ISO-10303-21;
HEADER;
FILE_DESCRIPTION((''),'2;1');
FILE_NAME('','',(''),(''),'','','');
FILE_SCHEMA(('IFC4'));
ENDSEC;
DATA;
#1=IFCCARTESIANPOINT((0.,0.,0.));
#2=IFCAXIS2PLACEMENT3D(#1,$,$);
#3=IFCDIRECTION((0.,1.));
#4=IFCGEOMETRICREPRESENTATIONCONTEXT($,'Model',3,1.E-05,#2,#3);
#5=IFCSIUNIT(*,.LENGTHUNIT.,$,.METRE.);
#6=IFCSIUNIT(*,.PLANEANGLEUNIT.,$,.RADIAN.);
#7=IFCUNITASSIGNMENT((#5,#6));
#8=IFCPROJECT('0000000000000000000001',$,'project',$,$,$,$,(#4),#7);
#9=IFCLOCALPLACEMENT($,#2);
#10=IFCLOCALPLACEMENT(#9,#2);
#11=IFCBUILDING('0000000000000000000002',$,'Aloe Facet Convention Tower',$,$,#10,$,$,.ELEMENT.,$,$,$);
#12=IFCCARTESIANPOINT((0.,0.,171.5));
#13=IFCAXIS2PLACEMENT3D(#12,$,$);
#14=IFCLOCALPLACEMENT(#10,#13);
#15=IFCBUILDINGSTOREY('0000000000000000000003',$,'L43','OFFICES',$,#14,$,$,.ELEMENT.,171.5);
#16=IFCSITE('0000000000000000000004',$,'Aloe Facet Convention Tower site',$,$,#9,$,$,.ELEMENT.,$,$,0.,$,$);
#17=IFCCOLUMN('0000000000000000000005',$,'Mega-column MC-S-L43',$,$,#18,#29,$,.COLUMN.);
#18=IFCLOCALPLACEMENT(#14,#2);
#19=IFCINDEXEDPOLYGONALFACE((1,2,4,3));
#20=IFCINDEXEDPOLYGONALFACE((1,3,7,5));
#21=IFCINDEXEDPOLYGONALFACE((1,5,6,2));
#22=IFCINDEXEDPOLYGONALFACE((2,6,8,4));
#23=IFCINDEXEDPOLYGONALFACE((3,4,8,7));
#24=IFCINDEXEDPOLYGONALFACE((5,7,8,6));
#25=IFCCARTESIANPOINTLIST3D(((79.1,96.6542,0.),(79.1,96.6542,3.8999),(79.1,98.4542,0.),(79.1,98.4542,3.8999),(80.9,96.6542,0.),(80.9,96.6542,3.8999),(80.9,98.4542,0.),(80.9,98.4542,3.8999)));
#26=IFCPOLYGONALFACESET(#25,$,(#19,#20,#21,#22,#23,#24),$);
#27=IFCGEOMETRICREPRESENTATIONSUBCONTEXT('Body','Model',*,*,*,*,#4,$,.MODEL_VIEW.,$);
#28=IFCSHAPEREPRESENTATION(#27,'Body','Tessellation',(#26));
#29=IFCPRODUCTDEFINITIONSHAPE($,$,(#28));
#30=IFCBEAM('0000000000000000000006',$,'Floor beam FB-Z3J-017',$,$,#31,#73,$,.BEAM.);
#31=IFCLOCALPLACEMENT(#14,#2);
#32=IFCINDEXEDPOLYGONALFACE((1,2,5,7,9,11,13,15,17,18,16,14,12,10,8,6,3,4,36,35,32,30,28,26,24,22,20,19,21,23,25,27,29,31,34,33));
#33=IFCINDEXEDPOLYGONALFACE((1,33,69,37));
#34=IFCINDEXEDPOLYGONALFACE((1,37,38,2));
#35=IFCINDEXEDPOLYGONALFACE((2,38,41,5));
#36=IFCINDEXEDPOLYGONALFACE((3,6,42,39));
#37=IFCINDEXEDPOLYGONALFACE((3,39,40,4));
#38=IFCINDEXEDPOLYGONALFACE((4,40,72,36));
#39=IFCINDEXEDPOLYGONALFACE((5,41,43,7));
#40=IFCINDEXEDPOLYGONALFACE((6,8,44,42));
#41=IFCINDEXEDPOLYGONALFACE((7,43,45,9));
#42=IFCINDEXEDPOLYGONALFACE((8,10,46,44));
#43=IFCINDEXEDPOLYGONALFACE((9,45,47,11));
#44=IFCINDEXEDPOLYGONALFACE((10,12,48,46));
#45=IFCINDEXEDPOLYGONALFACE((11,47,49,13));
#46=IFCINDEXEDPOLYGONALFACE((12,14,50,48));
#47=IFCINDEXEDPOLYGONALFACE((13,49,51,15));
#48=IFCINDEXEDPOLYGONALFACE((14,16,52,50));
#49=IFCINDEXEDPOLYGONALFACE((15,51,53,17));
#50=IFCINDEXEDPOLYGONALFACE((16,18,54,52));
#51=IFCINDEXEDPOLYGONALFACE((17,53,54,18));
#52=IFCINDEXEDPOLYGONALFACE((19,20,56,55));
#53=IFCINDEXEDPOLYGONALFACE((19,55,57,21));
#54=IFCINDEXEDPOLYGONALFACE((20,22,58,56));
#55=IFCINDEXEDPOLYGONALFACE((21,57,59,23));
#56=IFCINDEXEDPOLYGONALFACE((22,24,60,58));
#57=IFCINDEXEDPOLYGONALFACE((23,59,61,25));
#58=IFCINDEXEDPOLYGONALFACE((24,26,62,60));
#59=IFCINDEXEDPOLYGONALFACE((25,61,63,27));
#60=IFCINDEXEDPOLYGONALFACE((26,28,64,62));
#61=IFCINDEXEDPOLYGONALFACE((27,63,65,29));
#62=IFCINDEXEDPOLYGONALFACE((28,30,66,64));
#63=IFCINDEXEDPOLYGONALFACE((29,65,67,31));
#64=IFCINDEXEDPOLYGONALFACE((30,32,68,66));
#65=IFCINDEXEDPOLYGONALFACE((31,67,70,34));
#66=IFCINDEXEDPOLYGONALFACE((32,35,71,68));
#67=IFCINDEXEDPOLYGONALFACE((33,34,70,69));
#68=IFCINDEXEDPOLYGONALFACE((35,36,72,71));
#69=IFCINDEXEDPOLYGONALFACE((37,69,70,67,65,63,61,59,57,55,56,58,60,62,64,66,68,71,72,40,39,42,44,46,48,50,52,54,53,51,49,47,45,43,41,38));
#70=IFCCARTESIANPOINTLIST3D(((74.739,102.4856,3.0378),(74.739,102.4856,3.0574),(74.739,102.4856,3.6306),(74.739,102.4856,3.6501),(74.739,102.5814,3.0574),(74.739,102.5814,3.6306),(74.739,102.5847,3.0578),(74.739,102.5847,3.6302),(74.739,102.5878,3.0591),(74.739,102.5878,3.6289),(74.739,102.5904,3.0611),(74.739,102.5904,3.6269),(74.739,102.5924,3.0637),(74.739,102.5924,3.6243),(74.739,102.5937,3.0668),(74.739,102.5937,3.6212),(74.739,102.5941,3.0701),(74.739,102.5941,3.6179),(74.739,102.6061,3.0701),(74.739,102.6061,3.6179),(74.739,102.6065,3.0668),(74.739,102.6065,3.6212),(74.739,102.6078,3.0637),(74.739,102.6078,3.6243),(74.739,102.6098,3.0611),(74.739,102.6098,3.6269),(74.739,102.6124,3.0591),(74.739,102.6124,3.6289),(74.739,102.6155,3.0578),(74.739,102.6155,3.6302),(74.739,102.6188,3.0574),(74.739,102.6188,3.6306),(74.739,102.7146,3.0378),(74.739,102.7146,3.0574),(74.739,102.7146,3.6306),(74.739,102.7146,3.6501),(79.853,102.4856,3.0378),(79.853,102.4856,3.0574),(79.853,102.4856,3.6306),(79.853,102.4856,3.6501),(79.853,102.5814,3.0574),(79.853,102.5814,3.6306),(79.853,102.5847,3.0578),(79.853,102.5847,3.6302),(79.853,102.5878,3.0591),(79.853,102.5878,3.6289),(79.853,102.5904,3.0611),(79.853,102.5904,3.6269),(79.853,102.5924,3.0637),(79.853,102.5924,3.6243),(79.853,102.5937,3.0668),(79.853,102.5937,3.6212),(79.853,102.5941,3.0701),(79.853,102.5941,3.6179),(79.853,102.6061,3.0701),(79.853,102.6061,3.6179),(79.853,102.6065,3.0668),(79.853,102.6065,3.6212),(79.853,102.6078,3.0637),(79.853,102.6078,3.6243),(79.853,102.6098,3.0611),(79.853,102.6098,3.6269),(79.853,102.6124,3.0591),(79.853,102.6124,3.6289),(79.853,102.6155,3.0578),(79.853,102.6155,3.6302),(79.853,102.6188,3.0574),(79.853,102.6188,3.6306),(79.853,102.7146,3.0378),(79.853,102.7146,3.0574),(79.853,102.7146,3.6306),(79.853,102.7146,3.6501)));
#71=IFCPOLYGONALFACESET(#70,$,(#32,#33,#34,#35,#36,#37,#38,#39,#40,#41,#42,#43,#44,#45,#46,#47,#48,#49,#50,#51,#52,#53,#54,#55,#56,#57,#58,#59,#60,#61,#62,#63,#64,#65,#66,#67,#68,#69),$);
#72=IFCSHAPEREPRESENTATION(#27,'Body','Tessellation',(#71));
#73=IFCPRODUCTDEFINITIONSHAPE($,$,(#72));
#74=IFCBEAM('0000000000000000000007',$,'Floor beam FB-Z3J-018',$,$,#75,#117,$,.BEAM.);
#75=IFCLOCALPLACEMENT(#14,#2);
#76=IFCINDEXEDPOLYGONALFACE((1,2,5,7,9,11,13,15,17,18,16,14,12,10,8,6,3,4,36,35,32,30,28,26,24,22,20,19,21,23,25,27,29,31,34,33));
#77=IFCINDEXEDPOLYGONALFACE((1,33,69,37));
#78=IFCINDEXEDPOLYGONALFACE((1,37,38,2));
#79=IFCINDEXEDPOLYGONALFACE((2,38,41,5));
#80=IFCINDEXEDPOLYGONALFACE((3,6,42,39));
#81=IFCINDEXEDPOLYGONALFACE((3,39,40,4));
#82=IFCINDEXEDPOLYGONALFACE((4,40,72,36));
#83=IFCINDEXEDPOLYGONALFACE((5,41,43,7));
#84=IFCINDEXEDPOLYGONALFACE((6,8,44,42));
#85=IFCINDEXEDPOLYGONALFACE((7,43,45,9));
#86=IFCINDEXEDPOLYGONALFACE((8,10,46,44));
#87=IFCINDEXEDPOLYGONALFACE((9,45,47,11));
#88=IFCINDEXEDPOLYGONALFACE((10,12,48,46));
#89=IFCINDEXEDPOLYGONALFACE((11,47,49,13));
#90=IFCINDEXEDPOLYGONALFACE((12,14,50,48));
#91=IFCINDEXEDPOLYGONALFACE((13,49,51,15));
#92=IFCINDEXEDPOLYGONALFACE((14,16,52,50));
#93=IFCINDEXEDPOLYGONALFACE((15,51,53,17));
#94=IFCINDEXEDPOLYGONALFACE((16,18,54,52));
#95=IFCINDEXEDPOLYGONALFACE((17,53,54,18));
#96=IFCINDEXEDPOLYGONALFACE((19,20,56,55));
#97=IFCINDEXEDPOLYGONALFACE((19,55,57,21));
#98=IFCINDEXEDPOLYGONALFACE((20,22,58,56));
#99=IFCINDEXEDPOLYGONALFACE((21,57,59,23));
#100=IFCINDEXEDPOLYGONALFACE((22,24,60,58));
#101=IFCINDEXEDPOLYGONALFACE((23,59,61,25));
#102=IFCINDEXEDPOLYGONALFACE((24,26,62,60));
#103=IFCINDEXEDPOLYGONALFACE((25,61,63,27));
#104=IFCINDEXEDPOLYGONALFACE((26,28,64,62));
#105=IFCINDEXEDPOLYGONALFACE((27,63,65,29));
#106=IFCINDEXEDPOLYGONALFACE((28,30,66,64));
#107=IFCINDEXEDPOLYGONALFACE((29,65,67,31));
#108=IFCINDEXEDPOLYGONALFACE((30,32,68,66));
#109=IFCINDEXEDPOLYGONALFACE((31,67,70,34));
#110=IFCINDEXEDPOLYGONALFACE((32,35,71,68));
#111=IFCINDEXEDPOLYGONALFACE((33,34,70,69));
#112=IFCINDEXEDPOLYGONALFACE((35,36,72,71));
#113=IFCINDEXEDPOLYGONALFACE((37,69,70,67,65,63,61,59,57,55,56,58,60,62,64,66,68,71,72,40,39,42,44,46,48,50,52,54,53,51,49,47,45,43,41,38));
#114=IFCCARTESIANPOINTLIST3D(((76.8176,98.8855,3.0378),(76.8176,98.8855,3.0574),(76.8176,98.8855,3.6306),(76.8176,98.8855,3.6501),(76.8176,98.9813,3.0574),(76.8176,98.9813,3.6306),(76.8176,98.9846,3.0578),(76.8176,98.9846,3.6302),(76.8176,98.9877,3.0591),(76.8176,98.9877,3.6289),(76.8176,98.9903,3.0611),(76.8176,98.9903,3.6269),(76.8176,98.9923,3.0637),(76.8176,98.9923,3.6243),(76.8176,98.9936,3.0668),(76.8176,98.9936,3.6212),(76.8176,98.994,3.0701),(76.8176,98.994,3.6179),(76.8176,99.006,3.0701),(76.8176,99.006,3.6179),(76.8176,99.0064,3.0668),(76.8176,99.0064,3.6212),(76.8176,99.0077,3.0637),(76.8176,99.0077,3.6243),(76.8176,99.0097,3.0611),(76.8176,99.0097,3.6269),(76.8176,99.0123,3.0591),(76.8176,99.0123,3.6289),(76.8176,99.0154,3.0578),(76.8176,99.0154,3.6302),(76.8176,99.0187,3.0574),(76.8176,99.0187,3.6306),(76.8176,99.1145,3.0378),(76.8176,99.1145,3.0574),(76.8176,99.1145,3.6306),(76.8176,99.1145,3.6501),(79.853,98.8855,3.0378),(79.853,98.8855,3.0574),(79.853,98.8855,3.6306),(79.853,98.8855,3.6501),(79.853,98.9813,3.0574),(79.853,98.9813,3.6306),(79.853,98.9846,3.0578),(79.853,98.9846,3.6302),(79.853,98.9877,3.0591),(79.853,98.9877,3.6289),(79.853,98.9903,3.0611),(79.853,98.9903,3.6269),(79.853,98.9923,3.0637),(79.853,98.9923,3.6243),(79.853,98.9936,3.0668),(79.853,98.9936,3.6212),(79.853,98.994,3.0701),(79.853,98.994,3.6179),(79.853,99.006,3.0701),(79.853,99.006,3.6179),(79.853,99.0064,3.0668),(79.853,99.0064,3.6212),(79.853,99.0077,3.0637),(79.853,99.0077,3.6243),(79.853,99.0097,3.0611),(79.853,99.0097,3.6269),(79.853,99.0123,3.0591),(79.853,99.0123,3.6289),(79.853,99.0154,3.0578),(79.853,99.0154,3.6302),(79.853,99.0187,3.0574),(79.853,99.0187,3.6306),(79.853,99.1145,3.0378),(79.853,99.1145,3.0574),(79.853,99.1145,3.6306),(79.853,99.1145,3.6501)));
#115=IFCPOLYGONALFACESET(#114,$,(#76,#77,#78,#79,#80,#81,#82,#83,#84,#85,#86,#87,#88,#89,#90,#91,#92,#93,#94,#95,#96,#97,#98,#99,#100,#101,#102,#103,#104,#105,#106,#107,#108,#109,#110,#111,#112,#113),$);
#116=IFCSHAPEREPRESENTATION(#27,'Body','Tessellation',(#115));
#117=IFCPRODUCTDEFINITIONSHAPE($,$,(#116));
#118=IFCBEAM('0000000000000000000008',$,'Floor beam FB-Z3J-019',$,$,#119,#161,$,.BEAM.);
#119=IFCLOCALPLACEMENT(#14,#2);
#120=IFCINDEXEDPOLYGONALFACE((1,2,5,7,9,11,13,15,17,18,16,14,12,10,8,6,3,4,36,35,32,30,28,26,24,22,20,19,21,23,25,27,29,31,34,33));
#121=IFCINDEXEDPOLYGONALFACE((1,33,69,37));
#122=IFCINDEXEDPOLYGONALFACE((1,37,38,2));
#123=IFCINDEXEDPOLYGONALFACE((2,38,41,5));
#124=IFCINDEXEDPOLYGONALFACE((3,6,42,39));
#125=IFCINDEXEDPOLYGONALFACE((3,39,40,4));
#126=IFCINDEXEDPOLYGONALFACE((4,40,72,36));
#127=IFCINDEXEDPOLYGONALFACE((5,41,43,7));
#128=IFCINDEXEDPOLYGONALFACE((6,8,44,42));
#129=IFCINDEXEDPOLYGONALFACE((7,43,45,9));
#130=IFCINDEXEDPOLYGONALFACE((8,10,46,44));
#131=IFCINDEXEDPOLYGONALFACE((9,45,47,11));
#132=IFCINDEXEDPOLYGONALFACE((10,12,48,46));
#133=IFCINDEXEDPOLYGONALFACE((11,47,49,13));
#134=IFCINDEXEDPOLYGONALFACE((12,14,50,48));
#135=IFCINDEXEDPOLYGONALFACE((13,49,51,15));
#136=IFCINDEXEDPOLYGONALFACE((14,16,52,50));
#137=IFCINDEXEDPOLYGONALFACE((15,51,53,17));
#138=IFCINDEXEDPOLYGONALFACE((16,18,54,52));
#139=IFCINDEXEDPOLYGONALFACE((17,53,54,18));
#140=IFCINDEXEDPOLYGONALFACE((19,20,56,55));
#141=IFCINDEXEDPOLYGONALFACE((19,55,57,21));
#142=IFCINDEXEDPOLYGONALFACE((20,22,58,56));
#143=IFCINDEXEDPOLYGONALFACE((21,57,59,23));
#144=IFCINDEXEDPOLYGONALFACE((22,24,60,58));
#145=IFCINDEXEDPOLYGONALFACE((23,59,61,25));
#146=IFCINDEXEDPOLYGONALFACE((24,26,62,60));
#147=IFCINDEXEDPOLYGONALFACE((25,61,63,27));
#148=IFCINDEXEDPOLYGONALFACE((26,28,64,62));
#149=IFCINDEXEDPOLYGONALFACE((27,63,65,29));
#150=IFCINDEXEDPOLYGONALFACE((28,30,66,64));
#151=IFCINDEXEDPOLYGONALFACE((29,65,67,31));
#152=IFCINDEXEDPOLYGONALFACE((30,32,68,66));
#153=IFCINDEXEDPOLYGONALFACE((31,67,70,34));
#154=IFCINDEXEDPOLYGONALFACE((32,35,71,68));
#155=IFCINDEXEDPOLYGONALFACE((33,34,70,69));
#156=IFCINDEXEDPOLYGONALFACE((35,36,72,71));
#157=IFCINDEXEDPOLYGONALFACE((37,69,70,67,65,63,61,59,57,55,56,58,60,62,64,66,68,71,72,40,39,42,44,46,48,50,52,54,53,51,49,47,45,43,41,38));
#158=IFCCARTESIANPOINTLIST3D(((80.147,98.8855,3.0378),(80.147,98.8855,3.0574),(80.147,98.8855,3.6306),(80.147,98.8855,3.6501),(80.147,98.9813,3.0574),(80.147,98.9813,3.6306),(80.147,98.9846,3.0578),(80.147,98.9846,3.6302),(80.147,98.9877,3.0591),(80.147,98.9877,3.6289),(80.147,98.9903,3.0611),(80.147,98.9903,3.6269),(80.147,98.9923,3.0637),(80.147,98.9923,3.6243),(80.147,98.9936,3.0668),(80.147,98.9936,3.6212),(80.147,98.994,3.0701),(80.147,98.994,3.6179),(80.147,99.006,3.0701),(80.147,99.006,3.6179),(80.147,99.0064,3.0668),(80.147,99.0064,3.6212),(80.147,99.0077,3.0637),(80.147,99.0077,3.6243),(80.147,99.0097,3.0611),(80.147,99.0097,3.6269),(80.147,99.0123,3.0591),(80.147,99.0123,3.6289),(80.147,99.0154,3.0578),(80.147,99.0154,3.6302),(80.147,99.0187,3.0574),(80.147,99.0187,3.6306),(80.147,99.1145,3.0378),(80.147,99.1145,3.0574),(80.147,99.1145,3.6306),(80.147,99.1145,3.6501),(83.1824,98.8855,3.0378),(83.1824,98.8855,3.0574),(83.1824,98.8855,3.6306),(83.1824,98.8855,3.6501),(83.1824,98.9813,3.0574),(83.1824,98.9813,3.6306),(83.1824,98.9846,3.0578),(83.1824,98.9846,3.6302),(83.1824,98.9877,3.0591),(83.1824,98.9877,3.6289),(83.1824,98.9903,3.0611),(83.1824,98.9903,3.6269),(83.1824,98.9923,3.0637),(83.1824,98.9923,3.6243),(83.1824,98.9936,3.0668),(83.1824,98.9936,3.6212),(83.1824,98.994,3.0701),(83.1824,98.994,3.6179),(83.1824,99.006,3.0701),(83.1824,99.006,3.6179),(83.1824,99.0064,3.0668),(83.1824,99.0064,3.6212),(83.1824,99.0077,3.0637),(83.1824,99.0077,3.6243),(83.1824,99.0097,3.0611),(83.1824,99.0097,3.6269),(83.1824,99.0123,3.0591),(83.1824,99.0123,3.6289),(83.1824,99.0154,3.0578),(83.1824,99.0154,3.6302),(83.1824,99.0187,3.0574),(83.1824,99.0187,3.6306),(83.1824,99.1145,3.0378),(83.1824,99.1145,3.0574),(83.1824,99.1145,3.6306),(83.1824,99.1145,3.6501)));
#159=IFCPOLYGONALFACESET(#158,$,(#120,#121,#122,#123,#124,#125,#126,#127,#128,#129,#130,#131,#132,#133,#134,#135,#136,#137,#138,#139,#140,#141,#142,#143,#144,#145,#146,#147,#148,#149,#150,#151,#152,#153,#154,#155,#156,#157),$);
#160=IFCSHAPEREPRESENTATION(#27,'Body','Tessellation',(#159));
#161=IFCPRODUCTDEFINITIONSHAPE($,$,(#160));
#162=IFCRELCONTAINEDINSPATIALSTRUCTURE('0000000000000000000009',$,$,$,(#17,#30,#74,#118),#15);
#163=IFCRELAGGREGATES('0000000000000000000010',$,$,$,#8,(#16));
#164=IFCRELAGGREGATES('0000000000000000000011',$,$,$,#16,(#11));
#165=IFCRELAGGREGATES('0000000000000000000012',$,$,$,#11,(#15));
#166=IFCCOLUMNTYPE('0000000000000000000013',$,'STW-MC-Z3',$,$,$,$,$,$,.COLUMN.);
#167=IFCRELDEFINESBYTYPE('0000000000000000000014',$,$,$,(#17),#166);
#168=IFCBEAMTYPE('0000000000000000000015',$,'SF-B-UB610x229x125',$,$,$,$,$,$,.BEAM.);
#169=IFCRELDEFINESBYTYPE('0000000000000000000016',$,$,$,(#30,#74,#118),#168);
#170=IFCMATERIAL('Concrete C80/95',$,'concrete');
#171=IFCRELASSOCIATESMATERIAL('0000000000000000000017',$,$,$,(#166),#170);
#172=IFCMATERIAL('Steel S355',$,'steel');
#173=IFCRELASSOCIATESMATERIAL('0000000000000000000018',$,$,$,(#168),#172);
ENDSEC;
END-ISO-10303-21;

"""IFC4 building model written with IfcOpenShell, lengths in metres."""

from ifc_helpers import new_model, si_unit, direction, frame, origin, origin_2d, place, context, subcontext, project, spatial, rectangle, i_section, extrude, material, material_profile, profile_set, type_object, element, save


model = new_model("IFC4")

# Units and contexts
model_context = context("Model", 3, precision=1e-05, world=origin(), true_north=direction((0.0, 1.0)))
body_context = subcontext(model_context, "Body", "Model", "MODEL_VIEW")
ifc_project = project(units=[si_unit("LENGTHUNIT", "METRE"), si_unit("PLANEANGLEUNIT", "RADIAN")], contexts=[model_context])

# Site, building, storey
site_placement = place(None, origin())
site = spatial("IfcSite", under=ifc_project, at=site_placement, Name="Aloe Facet Convention Tower site", CompositionType="ELEMENT", RefElevation=0.0)
building_placement = place(site_placement, origin())
building = spatial("IfcBuilding", under=site, at=building_placement, Name="Aloe Facet Convention Tower", CompositionType="ELEMENT")
storey_placement = place(building_placement, frame((0.0, 0.0, 171.5)))
storey = spatial("IfcBuildingStorey", under=building, at=storey_placement, Name="L43", Description="OFFICES", CompositionType="ELEMENT", Elevation=171.5)

# Column
ifc_material_1 = material(Name="Concrete C80/95", Category="concrete")
ifc_material_profile_1 = material_profile(ifc_material_1, rectangle(XDim=1.8, YDim=1.8, at=origin_2d()), Name="STW-MC-Z3")
ifc_profile_set_1 = profile_set([ifc_material_profile_1], Name="Concrete C80/95")
column_type = type_object("IfcColumnType", Name="STW-MC-Z3", PredefinedType="COLUMN", material=ifc_profile_set_1)
column_placement = place(storey_placement, frame((80.0, 97.5542, 0.0), z_axis=(0.0, 0.0, 1.0), x_axis=(1.0, 0.0, 0.0)))
element("IfcColumn", 1, at=column_placement, inside=storey, type_object=column_type, Name="Mega-column MC-S-L43", PredefinedType="COLUMN", context=body_context, shape_type="SweptSolid", body=[
    extrude(rectangle(XDim=1.8, YDim=1.8, at=origin_2d()), origin(), (0.0, 0.0, 1.0), 3.8999),
])

# Beams
ifc_material_2 = material(Name="Steel S355", Category="steel")
ifc_material_profile_2 = material_profile(ifc_material_2, i_section(OverallWidth=0.229, OverallDepth=0.6123, WebThickness=0.012, FlangeThickness=0.0195, FilletRadius=0.0127, at=origin_2d()), Name="UB 610x229x125")
ifc_profile_set_2 = profile_set([ifc_material_profile_2], Name="Steel S355")
beam_type = type_object("IfcBeamType", Name="SF-B-UB610x229x125", PredefinedType="BEAM", material=ifc_profile_set_2)
beam_placement = place(storey_placement, frame((74.739, 102.6001, 3.344), z_axis=(1.0, 0.0, 0.0), x_axis=(0.0, 1.0, 0.0)))
element("IfcBeam", 2, at=beam_placement, inside=storey, type_object=beam_type, Name="Floor beam FB-Z3J-017", PredefinedType="BEAM", context=body_context, shape_type="SweptSolid", body=[
    extrude(i_section(OverallWidth=0.229, OverallDepth=0.6123, WebThickness=0.012, FlangeThickness=0.0195, FilletRadius=0.0127, at=origin_2d()), origin(), (0.0, 0.0, 1.0), 5.114),
])
for number, where, z_axis, x_axis, name in (
    (3, (76.8176, 99.0, 3.344), (1.0, 0.0, 0.0), (0.0, 1.0, 0.0), "Floor beam FB-Z3J-018"),
    (4, (80.147, 99.0, 3.344), (1.0, 0.0, 0.0), (0.0, 1.0, 0.0), "Floor beam FB-Z3J-019"),
):
    element("IfcBeam", number, at=place(storey_placement, frame(where, z_axis=z_axis, x_axis=x_axis)), inside=storey, type_object=beam_type, Name=name, PredefinedType="BEAM", context=body_context, shape_type="SweptSolid", body=[
        extrude(i_section(OverallWidth=0.229, OverallDepth=0.6123, WebThickness=0.012, FlangeThickness=0.0195, FilletRadius=0.0127, at=origin_2d()), origin(), (0.0, 0.0, 1.0), 3.0354),
    ])

save(model, "model.ifc")
